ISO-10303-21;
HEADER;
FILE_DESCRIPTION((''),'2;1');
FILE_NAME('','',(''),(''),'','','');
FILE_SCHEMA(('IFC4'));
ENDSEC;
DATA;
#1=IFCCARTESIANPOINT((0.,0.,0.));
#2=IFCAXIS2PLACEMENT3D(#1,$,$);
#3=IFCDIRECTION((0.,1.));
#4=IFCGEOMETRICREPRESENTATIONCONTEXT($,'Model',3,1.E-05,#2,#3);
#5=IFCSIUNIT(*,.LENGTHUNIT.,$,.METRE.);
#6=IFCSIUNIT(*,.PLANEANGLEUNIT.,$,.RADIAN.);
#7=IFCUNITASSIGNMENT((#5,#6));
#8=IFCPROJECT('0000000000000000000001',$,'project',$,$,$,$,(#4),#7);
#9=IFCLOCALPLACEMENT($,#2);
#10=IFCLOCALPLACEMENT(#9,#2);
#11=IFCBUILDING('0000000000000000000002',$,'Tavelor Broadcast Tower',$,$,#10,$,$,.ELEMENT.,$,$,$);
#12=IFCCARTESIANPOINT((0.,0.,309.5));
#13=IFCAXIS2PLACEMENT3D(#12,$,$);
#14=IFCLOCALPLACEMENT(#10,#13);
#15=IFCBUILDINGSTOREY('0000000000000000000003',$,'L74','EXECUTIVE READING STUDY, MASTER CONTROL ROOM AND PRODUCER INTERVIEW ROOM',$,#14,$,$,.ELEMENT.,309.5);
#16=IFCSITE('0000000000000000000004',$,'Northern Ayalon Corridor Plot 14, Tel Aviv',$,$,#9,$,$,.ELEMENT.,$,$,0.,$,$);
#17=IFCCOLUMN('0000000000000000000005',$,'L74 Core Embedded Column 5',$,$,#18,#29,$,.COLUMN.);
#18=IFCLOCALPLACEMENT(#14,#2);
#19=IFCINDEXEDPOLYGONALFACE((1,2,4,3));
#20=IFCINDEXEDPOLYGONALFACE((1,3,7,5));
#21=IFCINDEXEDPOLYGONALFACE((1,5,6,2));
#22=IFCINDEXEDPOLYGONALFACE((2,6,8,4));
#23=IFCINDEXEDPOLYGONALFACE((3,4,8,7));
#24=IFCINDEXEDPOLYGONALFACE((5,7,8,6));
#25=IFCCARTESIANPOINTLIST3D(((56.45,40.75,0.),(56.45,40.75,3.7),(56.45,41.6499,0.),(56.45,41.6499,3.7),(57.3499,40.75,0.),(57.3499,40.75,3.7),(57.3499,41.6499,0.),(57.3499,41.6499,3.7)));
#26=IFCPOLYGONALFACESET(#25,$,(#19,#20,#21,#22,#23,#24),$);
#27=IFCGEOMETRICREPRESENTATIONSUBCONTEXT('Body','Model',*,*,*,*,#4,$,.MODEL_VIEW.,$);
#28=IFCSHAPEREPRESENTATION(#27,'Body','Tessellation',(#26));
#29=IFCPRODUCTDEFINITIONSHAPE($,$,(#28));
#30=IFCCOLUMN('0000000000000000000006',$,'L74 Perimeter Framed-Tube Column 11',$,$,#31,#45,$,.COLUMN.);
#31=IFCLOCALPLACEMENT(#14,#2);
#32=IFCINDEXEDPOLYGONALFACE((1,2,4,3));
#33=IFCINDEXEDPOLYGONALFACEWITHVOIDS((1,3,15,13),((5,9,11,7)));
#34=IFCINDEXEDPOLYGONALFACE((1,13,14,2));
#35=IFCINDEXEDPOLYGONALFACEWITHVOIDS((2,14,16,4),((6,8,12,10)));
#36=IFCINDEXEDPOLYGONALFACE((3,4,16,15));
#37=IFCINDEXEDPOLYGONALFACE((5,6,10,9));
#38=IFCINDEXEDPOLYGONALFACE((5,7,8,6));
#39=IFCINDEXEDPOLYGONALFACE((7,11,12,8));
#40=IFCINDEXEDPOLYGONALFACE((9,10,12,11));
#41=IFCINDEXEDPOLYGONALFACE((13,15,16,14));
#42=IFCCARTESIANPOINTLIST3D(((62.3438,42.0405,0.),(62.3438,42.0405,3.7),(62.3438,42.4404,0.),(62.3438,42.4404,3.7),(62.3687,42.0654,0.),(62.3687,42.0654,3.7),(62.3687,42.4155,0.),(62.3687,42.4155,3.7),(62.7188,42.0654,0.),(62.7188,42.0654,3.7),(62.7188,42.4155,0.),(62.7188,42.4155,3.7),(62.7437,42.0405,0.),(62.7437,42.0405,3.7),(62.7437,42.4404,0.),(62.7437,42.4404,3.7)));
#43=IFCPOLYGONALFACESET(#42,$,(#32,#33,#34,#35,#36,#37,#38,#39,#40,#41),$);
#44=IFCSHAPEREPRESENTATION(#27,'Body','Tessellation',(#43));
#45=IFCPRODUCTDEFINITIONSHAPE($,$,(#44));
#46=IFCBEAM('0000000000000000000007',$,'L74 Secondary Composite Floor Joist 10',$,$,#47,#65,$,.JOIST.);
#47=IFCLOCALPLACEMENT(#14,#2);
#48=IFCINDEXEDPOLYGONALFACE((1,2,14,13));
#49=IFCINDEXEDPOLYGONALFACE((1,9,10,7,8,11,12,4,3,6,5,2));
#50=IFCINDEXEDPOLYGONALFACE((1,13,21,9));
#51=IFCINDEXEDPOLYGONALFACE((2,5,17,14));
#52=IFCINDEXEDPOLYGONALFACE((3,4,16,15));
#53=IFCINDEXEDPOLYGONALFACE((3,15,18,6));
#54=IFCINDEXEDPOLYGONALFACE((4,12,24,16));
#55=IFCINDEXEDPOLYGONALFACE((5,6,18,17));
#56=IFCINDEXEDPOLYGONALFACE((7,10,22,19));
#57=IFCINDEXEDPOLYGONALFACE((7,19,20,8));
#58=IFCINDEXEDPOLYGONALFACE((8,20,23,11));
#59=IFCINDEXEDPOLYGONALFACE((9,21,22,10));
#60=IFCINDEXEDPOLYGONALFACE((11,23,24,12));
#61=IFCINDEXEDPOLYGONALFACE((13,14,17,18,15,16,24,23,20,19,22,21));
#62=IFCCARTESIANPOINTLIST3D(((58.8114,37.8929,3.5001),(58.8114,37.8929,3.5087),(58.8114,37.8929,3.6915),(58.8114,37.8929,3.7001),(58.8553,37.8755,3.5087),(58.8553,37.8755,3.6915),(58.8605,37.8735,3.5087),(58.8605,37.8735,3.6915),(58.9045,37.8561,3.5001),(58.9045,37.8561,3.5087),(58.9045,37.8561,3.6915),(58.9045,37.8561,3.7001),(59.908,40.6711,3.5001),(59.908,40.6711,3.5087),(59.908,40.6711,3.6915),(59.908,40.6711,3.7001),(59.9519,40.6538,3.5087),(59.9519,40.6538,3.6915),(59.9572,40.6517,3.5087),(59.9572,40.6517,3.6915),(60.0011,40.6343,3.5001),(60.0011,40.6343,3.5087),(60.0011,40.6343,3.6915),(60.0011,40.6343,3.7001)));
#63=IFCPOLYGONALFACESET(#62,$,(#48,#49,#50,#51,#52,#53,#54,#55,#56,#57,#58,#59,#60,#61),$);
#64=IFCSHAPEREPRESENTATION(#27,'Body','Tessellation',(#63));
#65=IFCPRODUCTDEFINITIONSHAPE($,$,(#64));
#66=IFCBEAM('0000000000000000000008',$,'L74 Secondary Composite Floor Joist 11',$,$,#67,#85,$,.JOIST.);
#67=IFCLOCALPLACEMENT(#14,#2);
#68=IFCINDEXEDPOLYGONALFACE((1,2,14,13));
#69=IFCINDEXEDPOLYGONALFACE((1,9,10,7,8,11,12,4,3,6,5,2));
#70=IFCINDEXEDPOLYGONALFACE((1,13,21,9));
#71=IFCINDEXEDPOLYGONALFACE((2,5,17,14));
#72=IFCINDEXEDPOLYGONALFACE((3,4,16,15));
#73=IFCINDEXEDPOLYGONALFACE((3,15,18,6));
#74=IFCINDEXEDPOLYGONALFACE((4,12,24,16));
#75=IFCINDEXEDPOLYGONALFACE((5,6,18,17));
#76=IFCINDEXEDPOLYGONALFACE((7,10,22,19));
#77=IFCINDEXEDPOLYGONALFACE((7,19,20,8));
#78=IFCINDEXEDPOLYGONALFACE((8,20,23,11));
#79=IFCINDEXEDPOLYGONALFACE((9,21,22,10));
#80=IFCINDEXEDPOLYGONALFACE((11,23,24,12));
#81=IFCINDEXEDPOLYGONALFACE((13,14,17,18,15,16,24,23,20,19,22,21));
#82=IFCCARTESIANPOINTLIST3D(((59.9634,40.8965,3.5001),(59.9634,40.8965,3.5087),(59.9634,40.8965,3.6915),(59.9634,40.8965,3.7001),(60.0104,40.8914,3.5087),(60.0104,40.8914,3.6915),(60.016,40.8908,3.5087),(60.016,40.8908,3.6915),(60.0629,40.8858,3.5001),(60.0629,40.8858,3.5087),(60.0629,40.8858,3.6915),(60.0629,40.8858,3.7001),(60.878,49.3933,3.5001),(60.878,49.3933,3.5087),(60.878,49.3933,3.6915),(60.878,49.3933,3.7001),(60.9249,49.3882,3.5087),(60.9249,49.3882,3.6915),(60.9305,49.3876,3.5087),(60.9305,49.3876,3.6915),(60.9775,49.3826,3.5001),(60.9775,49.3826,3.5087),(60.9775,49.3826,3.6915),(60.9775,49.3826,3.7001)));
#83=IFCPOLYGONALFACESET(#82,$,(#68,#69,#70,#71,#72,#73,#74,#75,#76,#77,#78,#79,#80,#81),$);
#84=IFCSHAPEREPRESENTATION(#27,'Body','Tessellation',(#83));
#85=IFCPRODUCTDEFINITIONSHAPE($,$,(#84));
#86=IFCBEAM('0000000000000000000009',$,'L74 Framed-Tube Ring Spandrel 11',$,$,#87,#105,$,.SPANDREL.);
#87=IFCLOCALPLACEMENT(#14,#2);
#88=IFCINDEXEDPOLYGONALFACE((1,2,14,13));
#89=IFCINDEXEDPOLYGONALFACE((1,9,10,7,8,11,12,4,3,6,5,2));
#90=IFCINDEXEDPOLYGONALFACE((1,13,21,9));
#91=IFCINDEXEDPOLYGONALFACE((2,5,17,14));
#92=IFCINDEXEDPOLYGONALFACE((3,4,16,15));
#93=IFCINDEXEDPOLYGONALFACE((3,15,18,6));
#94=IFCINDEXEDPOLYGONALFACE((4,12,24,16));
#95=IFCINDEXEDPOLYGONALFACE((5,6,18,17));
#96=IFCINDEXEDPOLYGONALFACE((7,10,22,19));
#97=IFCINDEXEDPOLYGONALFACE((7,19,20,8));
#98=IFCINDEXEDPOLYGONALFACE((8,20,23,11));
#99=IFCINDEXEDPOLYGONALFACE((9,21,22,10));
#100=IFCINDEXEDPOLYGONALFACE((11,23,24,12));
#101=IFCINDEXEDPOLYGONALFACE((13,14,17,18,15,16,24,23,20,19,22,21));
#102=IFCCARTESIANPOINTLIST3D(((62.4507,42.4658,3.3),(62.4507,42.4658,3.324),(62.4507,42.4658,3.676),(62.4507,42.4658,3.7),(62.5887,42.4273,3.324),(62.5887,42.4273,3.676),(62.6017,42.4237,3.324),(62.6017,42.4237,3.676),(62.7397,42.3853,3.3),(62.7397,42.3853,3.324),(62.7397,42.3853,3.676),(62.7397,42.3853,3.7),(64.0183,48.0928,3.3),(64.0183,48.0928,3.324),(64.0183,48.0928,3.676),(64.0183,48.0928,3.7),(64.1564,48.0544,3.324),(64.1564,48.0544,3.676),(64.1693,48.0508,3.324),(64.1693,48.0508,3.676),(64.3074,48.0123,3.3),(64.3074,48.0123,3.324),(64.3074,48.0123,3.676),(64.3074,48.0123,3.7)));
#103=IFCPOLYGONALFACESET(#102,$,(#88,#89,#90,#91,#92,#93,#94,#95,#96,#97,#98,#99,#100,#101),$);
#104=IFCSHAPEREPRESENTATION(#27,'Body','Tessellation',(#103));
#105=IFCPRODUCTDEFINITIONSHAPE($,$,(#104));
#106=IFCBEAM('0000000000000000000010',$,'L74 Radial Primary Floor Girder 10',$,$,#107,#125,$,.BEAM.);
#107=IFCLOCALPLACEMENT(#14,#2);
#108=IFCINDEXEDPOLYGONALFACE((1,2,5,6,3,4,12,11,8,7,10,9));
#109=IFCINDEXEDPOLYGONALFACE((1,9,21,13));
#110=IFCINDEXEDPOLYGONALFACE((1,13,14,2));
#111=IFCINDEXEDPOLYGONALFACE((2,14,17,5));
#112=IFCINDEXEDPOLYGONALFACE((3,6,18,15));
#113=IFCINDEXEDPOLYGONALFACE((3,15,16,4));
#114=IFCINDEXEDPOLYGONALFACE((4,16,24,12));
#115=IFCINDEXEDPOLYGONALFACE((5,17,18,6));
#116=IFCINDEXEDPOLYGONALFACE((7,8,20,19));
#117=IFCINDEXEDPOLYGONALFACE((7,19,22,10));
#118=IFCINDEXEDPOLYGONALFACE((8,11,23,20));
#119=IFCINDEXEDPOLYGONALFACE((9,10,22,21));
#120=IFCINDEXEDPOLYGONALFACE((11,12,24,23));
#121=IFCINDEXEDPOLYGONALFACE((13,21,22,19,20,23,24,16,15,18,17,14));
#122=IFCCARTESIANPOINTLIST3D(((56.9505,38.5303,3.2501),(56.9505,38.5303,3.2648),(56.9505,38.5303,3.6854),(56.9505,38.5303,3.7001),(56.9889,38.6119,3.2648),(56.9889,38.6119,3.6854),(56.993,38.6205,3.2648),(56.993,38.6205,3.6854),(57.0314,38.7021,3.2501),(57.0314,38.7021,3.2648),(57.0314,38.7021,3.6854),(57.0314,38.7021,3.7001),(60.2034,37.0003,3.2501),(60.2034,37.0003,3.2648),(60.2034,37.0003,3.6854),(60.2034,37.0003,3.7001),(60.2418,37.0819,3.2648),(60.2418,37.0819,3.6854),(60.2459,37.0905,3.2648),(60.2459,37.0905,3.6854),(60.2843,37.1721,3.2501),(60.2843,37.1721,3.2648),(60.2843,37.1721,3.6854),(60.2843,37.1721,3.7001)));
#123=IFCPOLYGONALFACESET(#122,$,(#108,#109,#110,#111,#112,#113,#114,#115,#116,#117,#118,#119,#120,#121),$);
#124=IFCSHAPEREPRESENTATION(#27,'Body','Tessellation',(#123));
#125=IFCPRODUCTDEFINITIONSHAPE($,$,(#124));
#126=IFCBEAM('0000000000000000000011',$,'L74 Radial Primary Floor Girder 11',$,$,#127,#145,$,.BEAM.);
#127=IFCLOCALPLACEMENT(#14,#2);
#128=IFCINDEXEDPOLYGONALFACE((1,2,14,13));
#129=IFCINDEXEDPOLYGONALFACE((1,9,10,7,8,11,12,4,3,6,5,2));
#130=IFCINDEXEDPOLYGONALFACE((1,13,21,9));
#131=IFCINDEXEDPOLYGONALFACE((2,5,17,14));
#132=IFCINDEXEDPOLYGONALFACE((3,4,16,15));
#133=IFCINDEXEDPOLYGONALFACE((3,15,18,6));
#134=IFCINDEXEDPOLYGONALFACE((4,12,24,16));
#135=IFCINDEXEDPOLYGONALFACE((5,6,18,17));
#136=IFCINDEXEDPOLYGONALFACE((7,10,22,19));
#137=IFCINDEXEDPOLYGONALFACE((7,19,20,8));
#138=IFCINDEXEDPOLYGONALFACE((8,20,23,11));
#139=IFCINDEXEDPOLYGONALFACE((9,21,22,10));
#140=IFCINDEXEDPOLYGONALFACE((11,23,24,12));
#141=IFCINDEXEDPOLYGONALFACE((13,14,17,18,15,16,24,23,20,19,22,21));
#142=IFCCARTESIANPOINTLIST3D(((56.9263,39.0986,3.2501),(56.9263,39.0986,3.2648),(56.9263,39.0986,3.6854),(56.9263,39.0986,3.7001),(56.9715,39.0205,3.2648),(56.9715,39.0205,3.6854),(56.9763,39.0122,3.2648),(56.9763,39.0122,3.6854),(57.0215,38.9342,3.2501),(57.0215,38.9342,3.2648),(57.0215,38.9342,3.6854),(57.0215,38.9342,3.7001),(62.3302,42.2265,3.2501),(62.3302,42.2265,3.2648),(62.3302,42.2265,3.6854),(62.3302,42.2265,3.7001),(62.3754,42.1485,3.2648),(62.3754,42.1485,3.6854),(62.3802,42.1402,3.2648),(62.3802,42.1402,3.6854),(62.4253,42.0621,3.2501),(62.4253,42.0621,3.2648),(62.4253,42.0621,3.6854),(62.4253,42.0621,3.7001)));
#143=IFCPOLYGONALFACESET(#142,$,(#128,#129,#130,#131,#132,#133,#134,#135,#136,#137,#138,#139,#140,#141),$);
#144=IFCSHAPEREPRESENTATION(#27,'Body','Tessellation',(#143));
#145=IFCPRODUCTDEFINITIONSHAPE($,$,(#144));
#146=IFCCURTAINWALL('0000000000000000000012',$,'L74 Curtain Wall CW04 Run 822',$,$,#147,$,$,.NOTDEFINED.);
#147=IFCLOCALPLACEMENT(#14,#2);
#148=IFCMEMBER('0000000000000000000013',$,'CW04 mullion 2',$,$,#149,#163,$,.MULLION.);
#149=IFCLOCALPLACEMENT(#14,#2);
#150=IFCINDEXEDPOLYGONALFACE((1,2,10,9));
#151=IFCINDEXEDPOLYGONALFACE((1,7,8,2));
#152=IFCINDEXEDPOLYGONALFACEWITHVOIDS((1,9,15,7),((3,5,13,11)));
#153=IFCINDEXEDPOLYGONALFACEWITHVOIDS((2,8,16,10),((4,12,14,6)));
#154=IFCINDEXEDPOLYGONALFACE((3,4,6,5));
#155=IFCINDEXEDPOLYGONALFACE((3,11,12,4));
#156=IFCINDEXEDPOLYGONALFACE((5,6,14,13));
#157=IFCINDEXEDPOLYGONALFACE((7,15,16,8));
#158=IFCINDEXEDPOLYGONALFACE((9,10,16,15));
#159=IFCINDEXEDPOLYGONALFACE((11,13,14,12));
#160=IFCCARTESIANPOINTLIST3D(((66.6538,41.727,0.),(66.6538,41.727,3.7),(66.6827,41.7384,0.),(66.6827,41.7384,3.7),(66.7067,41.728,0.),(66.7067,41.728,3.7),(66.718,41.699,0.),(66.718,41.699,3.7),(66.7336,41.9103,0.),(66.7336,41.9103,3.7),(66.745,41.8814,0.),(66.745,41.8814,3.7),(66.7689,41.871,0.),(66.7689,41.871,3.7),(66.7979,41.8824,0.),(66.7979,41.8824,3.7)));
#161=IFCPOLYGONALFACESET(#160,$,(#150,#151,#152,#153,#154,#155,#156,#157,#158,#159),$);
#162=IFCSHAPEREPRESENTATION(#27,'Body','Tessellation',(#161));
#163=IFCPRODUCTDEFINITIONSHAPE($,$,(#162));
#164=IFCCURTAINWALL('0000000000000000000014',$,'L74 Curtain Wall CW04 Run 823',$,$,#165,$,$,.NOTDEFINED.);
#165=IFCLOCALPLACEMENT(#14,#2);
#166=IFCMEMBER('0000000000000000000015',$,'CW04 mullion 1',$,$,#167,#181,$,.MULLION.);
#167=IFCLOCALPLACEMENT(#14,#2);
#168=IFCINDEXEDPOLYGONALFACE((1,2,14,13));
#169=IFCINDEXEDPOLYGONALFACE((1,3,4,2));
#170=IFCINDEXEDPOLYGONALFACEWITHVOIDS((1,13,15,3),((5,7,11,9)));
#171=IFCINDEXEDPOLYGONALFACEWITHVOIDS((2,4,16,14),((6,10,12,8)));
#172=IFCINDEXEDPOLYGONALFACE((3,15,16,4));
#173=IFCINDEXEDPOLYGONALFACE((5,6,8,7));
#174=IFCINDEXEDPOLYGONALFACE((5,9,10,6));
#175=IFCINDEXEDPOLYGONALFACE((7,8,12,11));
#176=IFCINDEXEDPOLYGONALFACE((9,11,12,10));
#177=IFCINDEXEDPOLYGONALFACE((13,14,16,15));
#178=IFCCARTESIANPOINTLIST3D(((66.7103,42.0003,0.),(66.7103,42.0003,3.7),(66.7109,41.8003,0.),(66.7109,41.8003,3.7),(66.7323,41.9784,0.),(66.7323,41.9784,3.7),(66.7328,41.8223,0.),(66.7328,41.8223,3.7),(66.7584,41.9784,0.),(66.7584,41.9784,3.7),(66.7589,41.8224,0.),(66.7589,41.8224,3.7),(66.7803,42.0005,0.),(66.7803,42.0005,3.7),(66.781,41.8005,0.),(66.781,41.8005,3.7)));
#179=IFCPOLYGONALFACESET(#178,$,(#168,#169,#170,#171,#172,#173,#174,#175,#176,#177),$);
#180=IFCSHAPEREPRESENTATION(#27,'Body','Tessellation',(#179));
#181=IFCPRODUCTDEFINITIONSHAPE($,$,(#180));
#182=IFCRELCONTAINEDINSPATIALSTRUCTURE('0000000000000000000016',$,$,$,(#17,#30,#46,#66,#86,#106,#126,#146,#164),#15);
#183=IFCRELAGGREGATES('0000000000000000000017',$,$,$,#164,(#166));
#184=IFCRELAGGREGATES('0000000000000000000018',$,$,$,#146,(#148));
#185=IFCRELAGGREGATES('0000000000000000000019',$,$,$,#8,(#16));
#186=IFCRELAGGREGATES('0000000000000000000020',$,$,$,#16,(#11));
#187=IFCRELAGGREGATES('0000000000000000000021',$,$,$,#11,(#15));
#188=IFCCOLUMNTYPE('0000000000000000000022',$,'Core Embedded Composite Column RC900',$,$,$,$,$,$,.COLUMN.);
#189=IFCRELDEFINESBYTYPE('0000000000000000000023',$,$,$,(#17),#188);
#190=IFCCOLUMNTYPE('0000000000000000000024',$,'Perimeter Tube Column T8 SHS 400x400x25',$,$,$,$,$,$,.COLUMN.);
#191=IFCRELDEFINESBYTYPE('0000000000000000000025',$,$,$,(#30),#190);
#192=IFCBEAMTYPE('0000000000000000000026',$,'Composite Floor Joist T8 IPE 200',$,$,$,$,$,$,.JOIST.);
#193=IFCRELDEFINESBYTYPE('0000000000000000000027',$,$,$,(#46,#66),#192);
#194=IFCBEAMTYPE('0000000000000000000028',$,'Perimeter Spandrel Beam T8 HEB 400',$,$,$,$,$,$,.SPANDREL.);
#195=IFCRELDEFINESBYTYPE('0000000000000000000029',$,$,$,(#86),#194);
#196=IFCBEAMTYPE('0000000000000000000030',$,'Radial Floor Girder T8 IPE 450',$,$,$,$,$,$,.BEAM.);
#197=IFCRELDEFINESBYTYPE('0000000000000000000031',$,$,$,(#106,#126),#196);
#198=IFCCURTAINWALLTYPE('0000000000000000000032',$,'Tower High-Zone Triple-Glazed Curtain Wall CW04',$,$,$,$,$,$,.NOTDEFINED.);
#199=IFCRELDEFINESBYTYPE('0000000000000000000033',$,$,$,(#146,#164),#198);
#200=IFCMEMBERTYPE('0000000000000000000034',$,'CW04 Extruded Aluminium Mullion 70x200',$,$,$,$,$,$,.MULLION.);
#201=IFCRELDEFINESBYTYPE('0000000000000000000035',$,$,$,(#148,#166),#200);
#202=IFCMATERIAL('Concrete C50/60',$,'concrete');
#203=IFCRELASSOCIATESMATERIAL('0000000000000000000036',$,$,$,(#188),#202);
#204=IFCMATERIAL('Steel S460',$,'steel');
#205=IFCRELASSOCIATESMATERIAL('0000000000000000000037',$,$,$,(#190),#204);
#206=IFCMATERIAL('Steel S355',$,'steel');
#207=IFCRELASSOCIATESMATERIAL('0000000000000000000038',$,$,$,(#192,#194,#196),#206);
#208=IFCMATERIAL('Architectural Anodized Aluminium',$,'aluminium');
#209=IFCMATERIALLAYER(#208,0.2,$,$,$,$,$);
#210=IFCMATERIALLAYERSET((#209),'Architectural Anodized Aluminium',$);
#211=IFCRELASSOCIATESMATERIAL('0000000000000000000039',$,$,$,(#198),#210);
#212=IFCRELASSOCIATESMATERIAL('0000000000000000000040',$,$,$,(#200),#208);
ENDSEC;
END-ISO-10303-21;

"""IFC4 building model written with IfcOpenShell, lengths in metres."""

from ifc_helpers import new_model, si_unit, direction, frame, origin, origin_2d, place, context, subcontext, project, spatial, rectangle, hollow_rectangle, i_section, extrude, source, transform, mapped, material, layer, layer_set, material_profile, profile_set, type_object, type_shapes, element, aggregate, save


model = new_model("IFC4")

# Units and contexts
model_context = context("Model", 3, precision=1e-05, world=origin(), true_north=direction((0.0, 1.0)))
body_context = subcontext(model_context, "Body", "Model", "MODEL_VIEW")
ifc_project = project(units=[si_unit("LENGTHUNIT", "METRE"), si_unit("PLANEANGLEUNIT", "RADIAN")], contexts=[model_context])

# Site, building, storey
site_placement = place(None, origin())
site = spatial("IfcSite", under=ifc_project, at=site_placement, Name="Northern Ayalon Corridor Plot 14, Tel Aviv", CompositionType="ELEMENT", RefElevation=0.0)
building_placement = place(site_placement, origin())
building = spatial("IfcBuilding", under=site, at=building_placement, Name="Tavelor Broadcast Tower", CompositionType="ELEMENT")
storey_placement = place(building_placement, frame((0.0, 0.0, 309.5)))
storey = spatial("IfcBuildingStorey", under=building, at=storey_placement, Name="L74", Description="EXECUTIVE READING STUDY, MASTER CONTROL ROOM AND PRODUCER INTERVIEW ROOM", CompositionType="ELEMENT", Elevation=309.5)

# Columns
ifc_material_1 = material(Name="Concrete C50/60", Category="concrete")
ifc_material_profile_1 = material_profile(ifc_material_1, rectangle(XDim=0.8999, YDim=0.8999, at=origin_2d()), Name="RC 900x900")
ifc_profile_set_1 = profile_set([ifc_material_profile_1], Name="Concrete C50/60")
column_type_1 = type_object("IfcColumnType", Name="Core Embedded Composite Column RC900", PredefinedType="COLUMN", material=ifc_profile_set_1)
column_1_placement = place(storey_placement, frame((56.8999, 41.2, 0.0), z_axis=(0.0, 0.0, 1.0), x_axis=(1.0, 0.0, 0.0)))
element("IfcColumn", 1, at=column_1_placement, inside=storey, type_object=column_type_1, Name="L74 Core Embedded Column 5", PredefinedType="COLUMN", context=body_context, shape_type="SweptSolid", body=[
    extrude(rectangle(XDim=0.8999, YDim=0.8999, at=origin_2d()), origin(), (0.0, 0.0, 1.0), 3.7),
])
ifc_material_2 = material(Name="Steel S460", Category="steel")
ifc_material_profile_2 = material_profile(ifc_material_2, hollow_rectangle(XDim=0.3999, YDim=0.3999, WallThickness=0.0249, at=origin_2d()), Name="SHS 400x400x25")
ifc_profile_set_2 = profile_set([ifc_material_profile_2], Name="Steel S460")
column_type_2 = type_object("IfcColumnType", Name="Perimeter Tube Column T8 SHS 400x400x25", PredefinedType="COLUMN", material=ifc_profile_set_2)
column_2_placement = place(storey_placement, frame((62.5437, 42.2405, 0.0), z_axis=(0.0, 0.0, 1.0), x_axis=(1.0, 0.0, 0.0)))
element("IfcColumn", 2, at=column_2_placement, inside=storey, type_object=column_type_2, Name="L74 Perimeter Framed-Tube Column 11", PredefinedType="COLUMN", context=body_context, shape_type="SweptSolid", body=[
    extrude(hollow_rectangle(XDim=0.3999, YDim=0.3999, WallThickness=0.0249, at=origin_2d()), origin(), (0.0, 0.0, 1.0), 3.7),
])

# Beams
ifc_material_3 = material(Name="Steel S355", Category="steel")
ifc_material_profile_3 = material_profile(ifc_material_3, i_section(OverallWidth=0.1001, OverallDepth=0.2, WebThickness=0.0056, FlangeThickness=0.0085, at=origin_2d()), Name="IPE 200")
ifc_profile_set_3 = profile_set([ifc_material_profile_3], Name="Steel S355")
beam_type_1 = type_object("IfcBeamType", Name="Composite Floor Joist T8 IPE 200", PredefinedType="JOIST", material=ifc_profile_set_3)
beam_1_placement = place(storey_placement, frame((58.8579, 37.8745, 3.6001), z_axis=(0.367159, 0.930158, 0.0), x_axis=(-0.930158, 0.367159, 0.0)))
element("IfcBeam", 3, at=beam_1_placement, inside=storey, type_object=beam_type_1, Name="L74 Secondary Composite Floor Joist 10", PredefinedType="JOIST", context=body_context, shape_type="SweptSolid", body=[
    extrude(i_section(OverallWidth=0.1001, OverallDepth=0.2, WebThickness=0.0056, FlangeThickness=0.0085, at=origin_2d()), origin(), (0.0, 0.0, 1.0), 2.9868),
])
beam_2_placement = place(storey_placement, frame((60.0132, 40.8911, 3.6001), z_axis=(0.107016, 0.994257, 0.0), x_axis=(-0.994257, 0.107016, 0.0)))
element("IfcBeam", 4, at=beam_2_placement, inside=storey, type_object=beam_type_1, Name="L74 Secondary Composite Floor Joist 11", PredefinedType="JOIST", context=body_context, shape_type="SweptSolid", body=[
    extrude(i_section(OverallWidth=0.1001, OverallDepth=0.2, WebThickness=0.0056, FlangeThickness=0.0085, at=origin_2d()), origin(), (0.0, 0.0, 1.0), 8.5459),
])
ifc_material_profile_4 = material_profile(ifc_material_3, i_section(OverallWidth=0.3, OverallDepth=0.3999, WebThickness=0.0134, FlangeThickness=0.0239, at=origin_2d()), Name="HEB 400")
ifc_profile_set_4 = profile_set([ifc_material_profile_4], Name="Steel S355")
beam_type_2 = type_object("IfcBeamType", Name="Perimeter Spandrel Beam T8 HEB 400", PredefinedType="SPANDREL", material=ifc_profile_set_4)
beam_3_placement = place(storey_placement, frame((62.5952, 42.4255, 3.5), z_axis=(0.268372, 0.963315, 0.0), x_axis=(-0.963315, 0.268372, 0.0)))
element("IfcBeam", 5, at=beam_3_placement, inside=storey, type_object=beam_type_2, Name="L74 Framed-Tube Ring Spandrel 11", PredefinedType="SPANDREL", context=body_context, shape_type="SweptSolid", body=[
    extrude(i_section(OverallWidth=0.3, OverallDepth=0.3999, WebThickness=0.0134, FlangeThickness=0.0239, at=origin_2d()), origin(), (0.0, 0.0, 1.0), 5.8413),
])
ifc_material_profile_5 = material_profile(ifc_material_3, i_section(OverallWidth=0.1899, OverallDepth=0.45, WebThickness=0.0095, FlangeThickness=0.0146, at=origin_2d()), Name="IPE 450")
ifc_profile_set_5 = profile_set([ifc_material_profile_5], Name="Steel S355")
beam_type_3 = type_object("IfcBeamType", Name="Radial Floor Girder T8 IPE 450", PredefinedType="BEAM", material=ifc_profile_set_5)
beam_4_placement = place(storey_placement, frame((56.991, 38.6162, 3.4751), z_axis=(0.9049, -0.425624, 0.0), x_axis=(0.425624, 0.9049, 0.0)))
element("IfcBeam", 6, at=beam_4_placement, inside=storey, type_object=beam_type_3, Name="L74 Radial Primary Floor Girder 10", PredefinedType="BEAM", context=body_context, shape_type="SweptSolid", body=[
    extrude(i_section(OverallWidth=0.1899, OverallDepth=0.45, WebThickness=0.0095, FlangeThickness=0.0146, at=origin_2d()), origin(), (0.0, 0.0, 1.0), 3.5947),
])
beam_5_placement = place(storey_placement, frame((56.9739, 39.0164, 3.4751), z_axis=(0.865467, 0.500965, 0.0), x_axis=(-0.500965, 0.865467, 0.0)))
element("IfcBeam", 7, at=beam_5_placement, inside=storey, type_object=beam_type_3, Name="L74 Radial Primary Floor Girder 11", PredefinedType="BEAM", context=body_context, shape_type="SweptSolid", body=[
    extrude(i_section(OverallWidth=0.1899, OverallDepth=0.45, WebThickness=0.0095, FlangeThickness=0.0146, at=origin_2d()), origin(), (0.0, 0.0, 1.0), 6.2439),
])

# Curtain wall, member
ifc_material_4 = material(Name="Architectural Anodized Aluminium", Category="aluminium")
ifc_layer_1 = layer(ifc_material_4, 0.2)
ifc_layer_set_1 = layer_set([ifc_layer_1], Name="Architectural Anodized Aluminium")
curtain_wall_type = type_object("IfcCurtainWallType", Name="Tower High-Zone Triple-Glazed Curtain Wall CW04", PredefinedType="NOTDEFINED", material=ifc_layer_set_1)
curtain_wall_1_placement = place(storey_placement, origin())
curtain_wall_1 = element("IfcCurtainWall", 8, at=curtain_wall_1_placement, inside=storey, type_object=curtain_wall_type, Name="L74 Curtain Wall CW04 Run 822", PredefinedType="NOTDEFINED")
ifc_material_profile_6 = material_profile(ifc_material_4, hollow_rectangle(XDim=0.0701, YDim=0.2, WallThickness=0.022, at=origin_2d()), Name="RHS 70x200x22")
ifc_profile_set_6 = profile_set([ifc_material_profile_6], Name="Architectural Anodized Aluminium")
member_type_1 = type_object("IfcMemberType", Name="CW04 Extruded Aluminium Mullion 70x200", PredefinedType="MULLION", material=ifc_profile_set_6)
shared_shape_1 = source(origin(), body_context, "Body", "SweptSolid", [
    extrude(hollow_rectangle(XDim=0.0701, YDim=0.2, WallThickness=0.022, at=origin_2d()), origin(), (0.0, 0.0, 1.0), 3.7),
])
type_shapes(member_type_1, [shared_shape_1])
member_1_placement = place(storey_placement, frame((66.7258, 41.8047, 0.0), z_axis=(0.0, 0.0, 1.0), x_axis=(-0.916888, 0.399145, 0.0)))
member_1 = element("IfcMember", 9, at=member_1_placement, type_object=member_type_1, Name="CW04 mullion 2", PredefinedType="MULLION", context=body_context, shape_type="MappedRepresentation", body=[
    mapped(shared_shape_1, transform((0.0, 0.0, 0.0), scale=1.0)),
])

# Curtain wall, member
curtain_wall_2_placement = place(storey_placement, origin())
curtain_wall_2 = element("IfcCurtainWall", 10, at=curtain_wall_2_placement, inside=storey, type_object=curtain_wall_type, Name="L74 Curtain Wall CW04 Run 823", PredefinedType="NOTDEFINED")
member_2_placement = place(storey_placement, frame((66.7456, 41.9004, 0.0), z_axis=(0.0, 0.0, 1.0), x_axis=(-0.999995, -0.003161, 0.0)))
member_2 = element("IfcMember", 11, at=member_2_placement, type_object=member_type_1, Name="CW04 mullion 1", PredefinedType="MULLION", context=body_context, shape_type="MappedRepresentation", body=[
    mapped(shared_shape_1, transform((0.0, 0.0, 0.0), scale=1.0)),
])
aggregate(curtain_wall_2, [member_2])

aggregate(curtain_wall_1, [member_1])

save(model, "model.ifc")
